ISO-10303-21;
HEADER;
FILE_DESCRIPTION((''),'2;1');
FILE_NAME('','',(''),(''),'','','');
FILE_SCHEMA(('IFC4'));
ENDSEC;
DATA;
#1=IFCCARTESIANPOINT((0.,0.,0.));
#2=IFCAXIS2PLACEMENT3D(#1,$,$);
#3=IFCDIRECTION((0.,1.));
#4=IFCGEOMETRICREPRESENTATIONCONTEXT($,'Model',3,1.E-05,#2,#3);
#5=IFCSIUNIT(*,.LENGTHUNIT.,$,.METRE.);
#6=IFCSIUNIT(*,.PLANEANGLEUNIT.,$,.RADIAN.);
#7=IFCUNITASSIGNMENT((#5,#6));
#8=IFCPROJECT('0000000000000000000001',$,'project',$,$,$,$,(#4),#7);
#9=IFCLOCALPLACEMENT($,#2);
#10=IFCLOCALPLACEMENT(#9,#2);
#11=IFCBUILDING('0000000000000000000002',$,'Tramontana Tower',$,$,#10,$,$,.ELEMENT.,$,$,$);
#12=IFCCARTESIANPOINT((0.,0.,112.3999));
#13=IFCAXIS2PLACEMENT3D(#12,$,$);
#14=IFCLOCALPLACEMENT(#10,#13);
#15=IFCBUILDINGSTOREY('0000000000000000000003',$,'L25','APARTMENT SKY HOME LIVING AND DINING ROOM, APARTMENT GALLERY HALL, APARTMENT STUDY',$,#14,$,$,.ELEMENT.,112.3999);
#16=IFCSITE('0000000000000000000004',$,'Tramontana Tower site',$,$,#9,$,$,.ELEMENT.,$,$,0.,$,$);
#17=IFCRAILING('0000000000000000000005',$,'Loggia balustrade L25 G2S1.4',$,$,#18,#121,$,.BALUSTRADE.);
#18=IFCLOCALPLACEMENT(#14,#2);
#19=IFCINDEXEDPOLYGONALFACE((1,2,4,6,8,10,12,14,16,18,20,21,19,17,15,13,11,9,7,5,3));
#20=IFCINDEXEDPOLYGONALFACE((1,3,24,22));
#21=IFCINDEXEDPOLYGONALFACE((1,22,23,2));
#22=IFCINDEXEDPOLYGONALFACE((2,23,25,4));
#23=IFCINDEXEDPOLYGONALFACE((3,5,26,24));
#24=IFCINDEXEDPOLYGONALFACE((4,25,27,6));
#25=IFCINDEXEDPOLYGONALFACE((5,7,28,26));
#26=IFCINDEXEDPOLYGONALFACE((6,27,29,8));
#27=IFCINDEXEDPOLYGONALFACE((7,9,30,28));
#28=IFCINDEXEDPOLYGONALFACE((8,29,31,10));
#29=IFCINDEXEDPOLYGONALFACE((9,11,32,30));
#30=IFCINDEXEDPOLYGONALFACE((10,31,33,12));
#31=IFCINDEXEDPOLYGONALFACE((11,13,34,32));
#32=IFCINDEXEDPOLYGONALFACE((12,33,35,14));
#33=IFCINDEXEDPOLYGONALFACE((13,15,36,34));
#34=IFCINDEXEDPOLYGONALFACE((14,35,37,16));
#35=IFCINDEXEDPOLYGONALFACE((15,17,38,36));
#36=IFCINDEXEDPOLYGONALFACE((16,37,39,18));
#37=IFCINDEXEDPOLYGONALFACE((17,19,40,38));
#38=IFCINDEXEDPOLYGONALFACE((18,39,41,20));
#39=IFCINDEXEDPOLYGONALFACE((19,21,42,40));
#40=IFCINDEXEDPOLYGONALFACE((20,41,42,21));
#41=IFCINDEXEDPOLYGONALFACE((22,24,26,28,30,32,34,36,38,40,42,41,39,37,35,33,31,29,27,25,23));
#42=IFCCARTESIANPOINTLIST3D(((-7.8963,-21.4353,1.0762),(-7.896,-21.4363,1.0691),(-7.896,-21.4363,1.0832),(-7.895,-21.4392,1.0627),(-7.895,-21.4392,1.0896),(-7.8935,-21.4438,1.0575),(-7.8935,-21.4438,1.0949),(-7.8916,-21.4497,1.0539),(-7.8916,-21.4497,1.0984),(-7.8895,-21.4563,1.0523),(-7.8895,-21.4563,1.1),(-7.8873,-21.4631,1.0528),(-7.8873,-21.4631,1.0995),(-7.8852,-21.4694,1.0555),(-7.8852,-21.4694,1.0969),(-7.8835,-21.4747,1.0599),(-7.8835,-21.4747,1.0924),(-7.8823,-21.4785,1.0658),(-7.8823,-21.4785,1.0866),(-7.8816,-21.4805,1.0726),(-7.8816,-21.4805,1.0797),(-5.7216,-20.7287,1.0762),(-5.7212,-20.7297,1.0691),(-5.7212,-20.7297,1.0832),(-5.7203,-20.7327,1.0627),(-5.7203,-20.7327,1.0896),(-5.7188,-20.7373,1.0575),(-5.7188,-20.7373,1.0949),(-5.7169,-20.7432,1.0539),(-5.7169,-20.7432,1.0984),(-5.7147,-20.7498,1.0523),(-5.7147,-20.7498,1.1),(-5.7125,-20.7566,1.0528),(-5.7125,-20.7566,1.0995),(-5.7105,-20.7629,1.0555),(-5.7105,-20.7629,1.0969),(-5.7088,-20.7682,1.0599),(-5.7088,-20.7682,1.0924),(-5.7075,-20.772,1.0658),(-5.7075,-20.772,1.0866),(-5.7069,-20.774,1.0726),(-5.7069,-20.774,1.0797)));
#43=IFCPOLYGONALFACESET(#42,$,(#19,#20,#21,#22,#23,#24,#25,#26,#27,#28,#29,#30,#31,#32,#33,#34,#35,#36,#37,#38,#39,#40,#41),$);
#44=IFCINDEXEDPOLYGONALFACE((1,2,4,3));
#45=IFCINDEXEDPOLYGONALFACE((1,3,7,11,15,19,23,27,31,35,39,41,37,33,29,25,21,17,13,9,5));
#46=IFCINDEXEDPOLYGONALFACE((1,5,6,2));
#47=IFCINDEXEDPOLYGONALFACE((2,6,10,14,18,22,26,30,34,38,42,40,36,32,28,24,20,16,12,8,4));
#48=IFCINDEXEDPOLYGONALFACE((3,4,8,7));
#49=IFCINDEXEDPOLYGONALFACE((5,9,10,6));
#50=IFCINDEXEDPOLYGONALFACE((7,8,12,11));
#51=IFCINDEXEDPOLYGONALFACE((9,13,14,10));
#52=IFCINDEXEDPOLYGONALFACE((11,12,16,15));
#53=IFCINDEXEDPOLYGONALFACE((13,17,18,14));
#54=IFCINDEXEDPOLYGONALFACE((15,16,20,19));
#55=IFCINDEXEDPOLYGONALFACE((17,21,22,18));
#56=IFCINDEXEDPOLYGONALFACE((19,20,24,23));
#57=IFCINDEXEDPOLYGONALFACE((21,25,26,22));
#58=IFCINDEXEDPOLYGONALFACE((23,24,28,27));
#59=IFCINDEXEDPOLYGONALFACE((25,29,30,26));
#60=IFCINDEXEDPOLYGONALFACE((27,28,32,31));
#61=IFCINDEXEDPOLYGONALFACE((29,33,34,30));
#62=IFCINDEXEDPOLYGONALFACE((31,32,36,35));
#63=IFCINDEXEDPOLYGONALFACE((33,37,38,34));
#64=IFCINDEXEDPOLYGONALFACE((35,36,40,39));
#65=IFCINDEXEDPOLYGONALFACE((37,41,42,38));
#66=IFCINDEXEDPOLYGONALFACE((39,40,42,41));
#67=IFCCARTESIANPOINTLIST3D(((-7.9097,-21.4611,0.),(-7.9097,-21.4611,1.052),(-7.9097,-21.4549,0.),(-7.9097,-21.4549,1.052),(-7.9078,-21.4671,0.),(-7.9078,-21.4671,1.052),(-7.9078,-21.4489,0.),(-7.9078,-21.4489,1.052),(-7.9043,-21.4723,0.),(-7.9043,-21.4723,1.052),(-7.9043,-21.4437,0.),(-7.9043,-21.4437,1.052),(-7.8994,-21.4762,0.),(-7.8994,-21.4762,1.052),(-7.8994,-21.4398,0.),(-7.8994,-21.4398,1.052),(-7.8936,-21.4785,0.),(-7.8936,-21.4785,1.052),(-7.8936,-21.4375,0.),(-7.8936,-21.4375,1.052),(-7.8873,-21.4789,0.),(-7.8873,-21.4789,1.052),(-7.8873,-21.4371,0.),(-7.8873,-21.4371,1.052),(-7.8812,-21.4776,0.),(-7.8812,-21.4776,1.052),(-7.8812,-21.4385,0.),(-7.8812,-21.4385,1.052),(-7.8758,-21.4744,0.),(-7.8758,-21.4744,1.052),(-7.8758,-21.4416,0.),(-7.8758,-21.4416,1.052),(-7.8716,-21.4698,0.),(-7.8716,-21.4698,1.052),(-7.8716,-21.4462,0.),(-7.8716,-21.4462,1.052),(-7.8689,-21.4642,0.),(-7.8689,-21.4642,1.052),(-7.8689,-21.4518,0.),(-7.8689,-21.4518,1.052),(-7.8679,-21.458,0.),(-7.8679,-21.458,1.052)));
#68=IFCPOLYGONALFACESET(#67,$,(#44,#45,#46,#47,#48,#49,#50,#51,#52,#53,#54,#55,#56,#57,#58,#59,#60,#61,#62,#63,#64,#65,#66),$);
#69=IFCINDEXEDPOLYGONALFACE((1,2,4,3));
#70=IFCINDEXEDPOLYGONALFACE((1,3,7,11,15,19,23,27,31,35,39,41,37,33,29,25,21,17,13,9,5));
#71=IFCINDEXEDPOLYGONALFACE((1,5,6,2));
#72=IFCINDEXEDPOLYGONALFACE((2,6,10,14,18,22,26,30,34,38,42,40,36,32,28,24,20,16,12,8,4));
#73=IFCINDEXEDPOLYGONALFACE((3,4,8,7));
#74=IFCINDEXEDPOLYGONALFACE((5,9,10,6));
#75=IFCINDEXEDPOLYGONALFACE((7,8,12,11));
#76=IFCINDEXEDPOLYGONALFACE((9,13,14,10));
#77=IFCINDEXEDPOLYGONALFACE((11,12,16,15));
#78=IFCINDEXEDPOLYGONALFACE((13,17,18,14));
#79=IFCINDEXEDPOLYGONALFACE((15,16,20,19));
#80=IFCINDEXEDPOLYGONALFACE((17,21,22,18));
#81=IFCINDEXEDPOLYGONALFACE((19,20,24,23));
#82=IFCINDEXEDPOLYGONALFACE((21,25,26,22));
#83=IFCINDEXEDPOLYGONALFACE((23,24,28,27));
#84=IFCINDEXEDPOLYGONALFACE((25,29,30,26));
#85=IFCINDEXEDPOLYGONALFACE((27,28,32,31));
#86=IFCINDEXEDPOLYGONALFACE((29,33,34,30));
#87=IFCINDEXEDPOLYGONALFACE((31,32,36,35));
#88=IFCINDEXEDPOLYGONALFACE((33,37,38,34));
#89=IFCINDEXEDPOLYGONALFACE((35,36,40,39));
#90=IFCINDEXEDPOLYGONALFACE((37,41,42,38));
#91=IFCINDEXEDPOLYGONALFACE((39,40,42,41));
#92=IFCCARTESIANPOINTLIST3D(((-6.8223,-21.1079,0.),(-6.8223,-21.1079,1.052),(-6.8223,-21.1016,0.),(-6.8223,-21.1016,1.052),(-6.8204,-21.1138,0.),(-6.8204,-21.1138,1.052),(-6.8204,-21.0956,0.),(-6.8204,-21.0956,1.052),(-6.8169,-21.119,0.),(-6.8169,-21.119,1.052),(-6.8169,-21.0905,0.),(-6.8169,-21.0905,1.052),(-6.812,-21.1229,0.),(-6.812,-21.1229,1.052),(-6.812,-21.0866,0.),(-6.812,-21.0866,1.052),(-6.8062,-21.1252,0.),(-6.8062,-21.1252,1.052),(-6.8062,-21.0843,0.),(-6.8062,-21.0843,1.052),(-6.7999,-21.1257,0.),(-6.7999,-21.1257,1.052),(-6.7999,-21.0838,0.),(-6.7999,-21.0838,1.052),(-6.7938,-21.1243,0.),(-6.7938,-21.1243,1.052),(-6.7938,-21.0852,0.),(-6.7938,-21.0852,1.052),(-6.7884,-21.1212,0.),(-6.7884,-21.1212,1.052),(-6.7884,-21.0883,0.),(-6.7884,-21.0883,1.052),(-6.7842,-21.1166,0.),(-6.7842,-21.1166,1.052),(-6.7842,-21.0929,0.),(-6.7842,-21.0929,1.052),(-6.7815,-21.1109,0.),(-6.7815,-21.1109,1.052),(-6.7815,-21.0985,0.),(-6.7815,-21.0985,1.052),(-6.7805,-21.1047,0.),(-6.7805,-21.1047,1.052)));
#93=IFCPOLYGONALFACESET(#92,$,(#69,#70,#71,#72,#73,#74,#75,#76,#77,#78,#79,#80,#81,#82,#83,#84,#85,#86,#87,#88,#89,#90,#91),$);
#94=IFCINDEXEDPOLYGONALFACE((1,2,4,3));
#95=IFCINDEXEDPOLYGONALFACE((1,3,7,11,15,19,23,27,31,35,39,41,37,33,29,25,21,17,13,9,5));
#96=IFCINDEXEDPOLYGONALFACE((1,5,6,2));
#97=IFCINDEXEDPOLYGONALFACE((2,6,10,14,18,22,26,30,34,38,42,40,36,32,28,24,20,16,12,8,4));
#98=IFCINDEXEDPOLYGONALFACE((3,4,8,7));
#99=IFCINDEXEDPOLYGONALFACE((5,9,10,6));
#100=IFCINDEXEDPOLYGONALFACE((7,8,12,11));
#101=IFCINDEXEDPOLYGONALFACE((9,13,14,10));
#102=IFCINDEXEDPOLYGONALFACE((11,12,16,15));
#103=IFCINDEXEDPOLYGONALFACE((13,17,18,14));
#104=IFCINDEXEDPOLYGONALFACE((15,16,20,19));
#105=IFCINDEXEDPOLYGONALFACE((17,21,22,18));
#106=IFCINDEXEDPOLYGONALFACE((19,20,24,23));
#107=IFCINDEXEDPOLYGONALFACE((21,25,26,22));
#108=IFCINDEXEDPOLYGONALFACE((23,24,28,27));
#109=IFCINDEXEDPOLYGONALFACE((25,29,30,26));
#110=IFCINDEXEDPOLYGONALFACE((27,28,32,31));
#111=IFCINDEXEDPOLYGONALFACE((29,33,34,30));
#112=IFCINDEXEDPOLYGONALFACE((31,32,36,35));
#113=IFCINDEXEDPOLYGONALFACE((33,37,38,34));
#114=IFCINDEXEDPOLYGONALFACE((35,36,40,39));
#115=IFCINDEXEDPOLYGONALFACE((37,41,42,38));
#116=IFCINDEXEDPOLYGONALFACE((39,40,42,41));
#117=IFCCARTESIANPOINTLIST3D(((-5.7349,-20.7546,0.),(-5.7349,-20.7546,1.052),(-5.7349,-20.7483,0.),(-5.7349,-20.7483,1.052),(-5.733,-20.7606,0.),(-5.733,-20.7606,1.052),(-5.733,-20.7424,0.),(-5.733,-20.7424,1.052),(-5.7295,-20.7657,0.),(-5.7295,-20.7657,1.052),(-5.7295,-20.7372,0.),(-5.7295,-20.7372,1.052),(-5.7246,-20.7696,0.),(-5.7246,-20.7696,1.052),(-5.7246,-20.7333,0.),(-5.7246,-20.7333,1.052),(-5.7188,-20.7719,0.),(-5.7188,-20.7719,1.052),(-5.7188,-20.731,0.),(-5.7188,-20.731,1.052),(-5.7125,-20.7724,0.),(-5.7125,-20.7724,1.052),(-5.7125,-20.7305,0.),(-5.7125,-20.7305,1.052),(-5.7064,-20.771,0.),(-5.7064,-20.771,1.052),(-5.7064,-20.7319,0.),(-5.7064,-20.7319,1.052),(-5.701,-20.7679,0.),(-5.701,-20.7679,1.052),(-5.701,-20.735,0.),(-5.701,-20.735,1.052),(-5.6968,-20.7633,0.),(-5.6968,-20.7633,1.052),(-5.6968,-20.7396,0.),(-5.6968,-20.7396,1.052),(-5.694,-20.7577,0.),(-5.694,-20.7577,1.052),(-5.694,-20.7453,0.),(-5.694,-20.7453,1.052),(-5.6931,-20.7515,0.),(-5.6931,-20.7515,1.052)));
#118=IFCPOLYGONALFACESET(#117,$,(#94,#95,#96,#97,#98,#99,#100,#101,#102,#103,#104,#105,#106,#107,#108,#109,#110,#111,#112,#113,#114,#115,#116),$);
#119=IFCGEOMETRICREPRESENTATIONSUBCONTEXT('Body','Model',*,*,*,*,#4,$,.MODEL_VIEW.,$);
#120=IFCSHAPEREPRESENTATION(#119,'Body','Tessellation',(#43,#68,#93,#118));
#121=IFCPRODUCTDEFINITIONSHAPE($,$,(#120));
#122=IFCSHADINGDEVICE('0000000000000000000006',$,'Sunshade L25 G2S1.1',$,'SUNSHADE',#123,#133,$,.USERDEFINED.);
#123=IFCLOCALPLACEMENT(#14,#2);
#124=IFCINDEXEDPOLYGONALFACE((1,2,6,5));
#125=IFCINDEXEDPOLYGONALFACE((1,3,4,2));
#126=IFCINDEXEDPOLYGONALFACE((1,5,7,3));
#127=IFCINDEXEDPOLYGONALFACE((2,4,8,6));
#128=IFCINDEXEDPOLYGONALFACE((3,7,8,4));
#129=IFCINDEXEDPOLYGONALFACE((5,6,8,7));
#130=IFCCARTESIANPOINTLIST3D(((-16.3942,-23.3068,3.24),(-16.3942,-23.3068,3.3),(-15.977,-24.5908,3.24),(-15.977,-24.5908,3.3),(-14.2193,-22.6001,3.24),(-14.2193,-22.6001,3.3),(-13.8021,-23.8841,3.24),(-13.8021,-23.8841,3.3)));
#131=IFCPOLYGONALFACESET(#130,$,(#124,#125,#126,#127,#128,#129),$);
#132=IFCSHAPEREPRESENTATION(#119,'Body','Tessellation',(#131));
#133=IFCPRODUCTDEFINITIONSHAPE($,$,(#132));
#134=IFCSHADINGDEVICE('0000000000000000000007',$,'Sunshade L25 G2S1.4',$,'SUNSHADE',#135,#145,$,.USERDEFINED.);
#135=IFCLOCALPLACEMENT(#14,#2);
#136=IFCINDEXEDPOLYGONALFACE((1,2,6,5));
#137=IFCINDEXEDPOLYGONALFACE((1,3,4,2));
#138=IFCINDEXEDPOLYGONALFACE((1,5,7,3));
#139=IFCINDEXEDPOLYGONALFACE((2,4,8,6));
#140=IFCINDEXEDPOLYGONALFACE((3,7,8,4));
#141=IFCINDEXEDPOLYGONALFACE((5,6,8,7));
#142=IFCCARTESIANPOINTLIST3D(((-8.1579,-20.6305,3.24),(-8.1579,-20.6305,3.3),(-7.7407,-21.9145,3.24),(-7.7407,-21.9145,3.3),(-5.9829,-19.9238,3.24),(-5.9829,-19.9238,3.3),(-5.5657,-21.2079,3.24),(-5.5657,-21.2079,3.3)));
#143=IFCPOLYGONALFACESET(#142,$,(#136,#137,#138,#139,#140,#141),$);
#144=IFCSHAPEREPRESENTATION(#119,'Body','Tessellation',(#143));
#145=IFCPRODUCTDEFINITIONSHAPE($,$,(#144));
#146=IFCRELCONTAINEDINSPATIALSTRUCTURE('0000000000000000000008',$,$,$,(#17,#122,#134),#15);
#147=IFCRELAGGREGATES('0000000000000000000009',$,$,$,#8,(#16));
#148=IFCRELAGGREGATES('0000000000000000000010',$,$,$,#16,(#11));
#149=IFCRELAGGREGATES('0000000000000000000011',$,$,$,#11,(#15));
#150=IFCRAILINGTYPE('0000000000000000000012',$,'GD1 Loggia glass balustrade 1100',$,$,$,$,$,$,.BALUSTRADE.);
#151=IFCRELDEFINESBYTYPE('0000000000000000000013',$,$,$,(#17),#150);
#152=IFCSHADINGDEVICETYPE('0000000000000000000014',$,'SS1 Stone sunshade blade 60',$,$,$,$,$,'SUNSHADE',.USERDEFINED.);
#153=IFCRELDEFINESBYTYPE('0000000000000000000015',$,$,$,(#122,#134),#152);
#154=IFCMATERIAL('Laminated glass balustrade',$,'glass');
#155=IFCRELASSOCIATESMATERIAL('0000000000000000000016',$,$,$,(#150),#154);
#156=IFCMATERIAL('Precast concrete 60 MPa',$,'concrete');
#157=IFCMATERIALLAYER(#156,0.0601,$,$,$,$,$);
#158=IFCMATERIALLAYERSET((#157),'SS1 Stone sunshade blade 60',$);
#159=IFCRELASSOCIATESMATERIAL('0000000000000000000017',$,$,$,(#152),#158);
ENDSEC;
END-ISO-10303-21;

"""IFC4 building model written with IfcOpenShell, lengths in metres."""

from ifc_helpers import new_model, si_unit, direction, frame, origin, origin_2d, place, context, subcontext, project, spatial, rectangle, circle, extrude, material, layer, layer_set, type_object, element, save


model = new_model("IFC4")

# Units and contexts
model_context = context("Model", 3, precision=1e-05, world=origin(), true_north=direction((0.0, 1.0)))
body_context = subcontext(model_context, "Body", "Model", "MODEL_VIEW")
ifc_project = project(units=[si_unit("LENGTHUNIT", "METRE"), si_unit("PLANEANGLEUNIT", "RADIAN")], contexts=[model_context])

# Site, building, storey
site_placement = place(None, origin())
site = spatial("IfcSite", under=ifc_project, at=site_placement, Name="Tramontana Tower site", CompositionType="ELEMENT", RefElevation=0.0)
building_placement = place(site_placement, origin())
building = spatial("IfcBuilding", under=site, at=building_placement, Name="Tramontana Tower", CompositionType="ELEMENT")
storey_placement = place(building_placement, frame((0.0, 0.0, 112.3999)))
storey = spatial("IfcBuildingStorey", under=building, at=storey_placement, Name="L25", Description="APARTMENT SKY HOME LIVING AND DINING ROOM, APARTMENT GALLERY HALL, APARTMENT STUDY", CompositionType="ELEMENT", Elevation=112.3999)

# Railing
ifc_material_1 = material(Name="Laminated glass balustrade", Category="glass")
railing_type = type_object("IfcRailingType", Name="GD1 Loggia glass balustrade 1100", PredefinedType="BALUSTRADE", material=ifc_material_1)
railing_placement = place(storey_placement, frame((-7.8889, -21.458, 0.0)))
element("IfcRailing", 1, at=railing_placement, inside=storey, type_object=railing_type, Name="Loggia balustrade L25 G2S1.4", PredefinedType="BALUSTRADE", context=body_context, shape_type="SweptSolid", body=[
    extrude(circle(Radius=0.0239, at=origin_2d()), frame((0.0, 0.0, 1.0762), z_axis=(0.951069, 0.30898, 0.0), x_axis=(-0.30898, 0.951069, 0.0)), (0.0, 0.0, 1.0), 2.2866),
    extrude(circle(Radius=0.021, at=origin_2d()), origin(), (0.0, 0.0, 1.0), 1.052),
    extrude(circle(Radius=0.021, at=origin_2d()), frame((1.0874, 0.3533, 0.0)), (0.0, 0.0, 1.0), 1.052),
    extrude(circle(Radius=0.021, at=origin_2d()), frame((2.1748, 0.7065, 0.0)), (0.0, 0.0, 1.0), 1.052),
])

# Shading devices
ifc_material_2 = material(Name="Precast concrete 60 MPa", Category="concrete")
ifc_layer_1 = layer(ifc_material_2, 0.0601)
ifc_layer_set_1 = layer_set([ifc_layer_1], Name="SS1 Stone sunshade blade 60")
shading_device_type = type_object("IfcShadingDeviceType", Name="SS1 Stone sunshade blade 60", ElementType="SUNSHADE", PredefinedType="USERDEFINED", material=ifc_layer_set_1)
for number, where, z_axis, x_axis, name in (
    (2, (-15.0981, -23.5955, 3.24), (0.0, 0.0, 1.0), (0.951057, 0.309017, 0.0), "Sunshade L25 G2S1.1"),
    (3, (-6.8618, -20.9192, 3.24), (0.0, 0.0, 1.0), (0.951057, 0.309017, 0.0), "Sunshade L25 G2S1.4"),
):
    element("IfcShadingDevice", number, at=place(storey_placement, frame(where, z_axis=z_axis, x_axis=x_axis)), inside=storey, type_object=shading_device_type, Name=name, ObjectType="SUNSHADE", PredefinedType="USERDEFINED", context=body_context, shape_type="SweptSolid", body=[
        extrude(rectangle(XDim=2.2869, YDim=1.3501, at=origin_2d()), origin(), (0.0, 0.0, 1.0), 0.0601),
    ])

save(model, "model.ifc")
